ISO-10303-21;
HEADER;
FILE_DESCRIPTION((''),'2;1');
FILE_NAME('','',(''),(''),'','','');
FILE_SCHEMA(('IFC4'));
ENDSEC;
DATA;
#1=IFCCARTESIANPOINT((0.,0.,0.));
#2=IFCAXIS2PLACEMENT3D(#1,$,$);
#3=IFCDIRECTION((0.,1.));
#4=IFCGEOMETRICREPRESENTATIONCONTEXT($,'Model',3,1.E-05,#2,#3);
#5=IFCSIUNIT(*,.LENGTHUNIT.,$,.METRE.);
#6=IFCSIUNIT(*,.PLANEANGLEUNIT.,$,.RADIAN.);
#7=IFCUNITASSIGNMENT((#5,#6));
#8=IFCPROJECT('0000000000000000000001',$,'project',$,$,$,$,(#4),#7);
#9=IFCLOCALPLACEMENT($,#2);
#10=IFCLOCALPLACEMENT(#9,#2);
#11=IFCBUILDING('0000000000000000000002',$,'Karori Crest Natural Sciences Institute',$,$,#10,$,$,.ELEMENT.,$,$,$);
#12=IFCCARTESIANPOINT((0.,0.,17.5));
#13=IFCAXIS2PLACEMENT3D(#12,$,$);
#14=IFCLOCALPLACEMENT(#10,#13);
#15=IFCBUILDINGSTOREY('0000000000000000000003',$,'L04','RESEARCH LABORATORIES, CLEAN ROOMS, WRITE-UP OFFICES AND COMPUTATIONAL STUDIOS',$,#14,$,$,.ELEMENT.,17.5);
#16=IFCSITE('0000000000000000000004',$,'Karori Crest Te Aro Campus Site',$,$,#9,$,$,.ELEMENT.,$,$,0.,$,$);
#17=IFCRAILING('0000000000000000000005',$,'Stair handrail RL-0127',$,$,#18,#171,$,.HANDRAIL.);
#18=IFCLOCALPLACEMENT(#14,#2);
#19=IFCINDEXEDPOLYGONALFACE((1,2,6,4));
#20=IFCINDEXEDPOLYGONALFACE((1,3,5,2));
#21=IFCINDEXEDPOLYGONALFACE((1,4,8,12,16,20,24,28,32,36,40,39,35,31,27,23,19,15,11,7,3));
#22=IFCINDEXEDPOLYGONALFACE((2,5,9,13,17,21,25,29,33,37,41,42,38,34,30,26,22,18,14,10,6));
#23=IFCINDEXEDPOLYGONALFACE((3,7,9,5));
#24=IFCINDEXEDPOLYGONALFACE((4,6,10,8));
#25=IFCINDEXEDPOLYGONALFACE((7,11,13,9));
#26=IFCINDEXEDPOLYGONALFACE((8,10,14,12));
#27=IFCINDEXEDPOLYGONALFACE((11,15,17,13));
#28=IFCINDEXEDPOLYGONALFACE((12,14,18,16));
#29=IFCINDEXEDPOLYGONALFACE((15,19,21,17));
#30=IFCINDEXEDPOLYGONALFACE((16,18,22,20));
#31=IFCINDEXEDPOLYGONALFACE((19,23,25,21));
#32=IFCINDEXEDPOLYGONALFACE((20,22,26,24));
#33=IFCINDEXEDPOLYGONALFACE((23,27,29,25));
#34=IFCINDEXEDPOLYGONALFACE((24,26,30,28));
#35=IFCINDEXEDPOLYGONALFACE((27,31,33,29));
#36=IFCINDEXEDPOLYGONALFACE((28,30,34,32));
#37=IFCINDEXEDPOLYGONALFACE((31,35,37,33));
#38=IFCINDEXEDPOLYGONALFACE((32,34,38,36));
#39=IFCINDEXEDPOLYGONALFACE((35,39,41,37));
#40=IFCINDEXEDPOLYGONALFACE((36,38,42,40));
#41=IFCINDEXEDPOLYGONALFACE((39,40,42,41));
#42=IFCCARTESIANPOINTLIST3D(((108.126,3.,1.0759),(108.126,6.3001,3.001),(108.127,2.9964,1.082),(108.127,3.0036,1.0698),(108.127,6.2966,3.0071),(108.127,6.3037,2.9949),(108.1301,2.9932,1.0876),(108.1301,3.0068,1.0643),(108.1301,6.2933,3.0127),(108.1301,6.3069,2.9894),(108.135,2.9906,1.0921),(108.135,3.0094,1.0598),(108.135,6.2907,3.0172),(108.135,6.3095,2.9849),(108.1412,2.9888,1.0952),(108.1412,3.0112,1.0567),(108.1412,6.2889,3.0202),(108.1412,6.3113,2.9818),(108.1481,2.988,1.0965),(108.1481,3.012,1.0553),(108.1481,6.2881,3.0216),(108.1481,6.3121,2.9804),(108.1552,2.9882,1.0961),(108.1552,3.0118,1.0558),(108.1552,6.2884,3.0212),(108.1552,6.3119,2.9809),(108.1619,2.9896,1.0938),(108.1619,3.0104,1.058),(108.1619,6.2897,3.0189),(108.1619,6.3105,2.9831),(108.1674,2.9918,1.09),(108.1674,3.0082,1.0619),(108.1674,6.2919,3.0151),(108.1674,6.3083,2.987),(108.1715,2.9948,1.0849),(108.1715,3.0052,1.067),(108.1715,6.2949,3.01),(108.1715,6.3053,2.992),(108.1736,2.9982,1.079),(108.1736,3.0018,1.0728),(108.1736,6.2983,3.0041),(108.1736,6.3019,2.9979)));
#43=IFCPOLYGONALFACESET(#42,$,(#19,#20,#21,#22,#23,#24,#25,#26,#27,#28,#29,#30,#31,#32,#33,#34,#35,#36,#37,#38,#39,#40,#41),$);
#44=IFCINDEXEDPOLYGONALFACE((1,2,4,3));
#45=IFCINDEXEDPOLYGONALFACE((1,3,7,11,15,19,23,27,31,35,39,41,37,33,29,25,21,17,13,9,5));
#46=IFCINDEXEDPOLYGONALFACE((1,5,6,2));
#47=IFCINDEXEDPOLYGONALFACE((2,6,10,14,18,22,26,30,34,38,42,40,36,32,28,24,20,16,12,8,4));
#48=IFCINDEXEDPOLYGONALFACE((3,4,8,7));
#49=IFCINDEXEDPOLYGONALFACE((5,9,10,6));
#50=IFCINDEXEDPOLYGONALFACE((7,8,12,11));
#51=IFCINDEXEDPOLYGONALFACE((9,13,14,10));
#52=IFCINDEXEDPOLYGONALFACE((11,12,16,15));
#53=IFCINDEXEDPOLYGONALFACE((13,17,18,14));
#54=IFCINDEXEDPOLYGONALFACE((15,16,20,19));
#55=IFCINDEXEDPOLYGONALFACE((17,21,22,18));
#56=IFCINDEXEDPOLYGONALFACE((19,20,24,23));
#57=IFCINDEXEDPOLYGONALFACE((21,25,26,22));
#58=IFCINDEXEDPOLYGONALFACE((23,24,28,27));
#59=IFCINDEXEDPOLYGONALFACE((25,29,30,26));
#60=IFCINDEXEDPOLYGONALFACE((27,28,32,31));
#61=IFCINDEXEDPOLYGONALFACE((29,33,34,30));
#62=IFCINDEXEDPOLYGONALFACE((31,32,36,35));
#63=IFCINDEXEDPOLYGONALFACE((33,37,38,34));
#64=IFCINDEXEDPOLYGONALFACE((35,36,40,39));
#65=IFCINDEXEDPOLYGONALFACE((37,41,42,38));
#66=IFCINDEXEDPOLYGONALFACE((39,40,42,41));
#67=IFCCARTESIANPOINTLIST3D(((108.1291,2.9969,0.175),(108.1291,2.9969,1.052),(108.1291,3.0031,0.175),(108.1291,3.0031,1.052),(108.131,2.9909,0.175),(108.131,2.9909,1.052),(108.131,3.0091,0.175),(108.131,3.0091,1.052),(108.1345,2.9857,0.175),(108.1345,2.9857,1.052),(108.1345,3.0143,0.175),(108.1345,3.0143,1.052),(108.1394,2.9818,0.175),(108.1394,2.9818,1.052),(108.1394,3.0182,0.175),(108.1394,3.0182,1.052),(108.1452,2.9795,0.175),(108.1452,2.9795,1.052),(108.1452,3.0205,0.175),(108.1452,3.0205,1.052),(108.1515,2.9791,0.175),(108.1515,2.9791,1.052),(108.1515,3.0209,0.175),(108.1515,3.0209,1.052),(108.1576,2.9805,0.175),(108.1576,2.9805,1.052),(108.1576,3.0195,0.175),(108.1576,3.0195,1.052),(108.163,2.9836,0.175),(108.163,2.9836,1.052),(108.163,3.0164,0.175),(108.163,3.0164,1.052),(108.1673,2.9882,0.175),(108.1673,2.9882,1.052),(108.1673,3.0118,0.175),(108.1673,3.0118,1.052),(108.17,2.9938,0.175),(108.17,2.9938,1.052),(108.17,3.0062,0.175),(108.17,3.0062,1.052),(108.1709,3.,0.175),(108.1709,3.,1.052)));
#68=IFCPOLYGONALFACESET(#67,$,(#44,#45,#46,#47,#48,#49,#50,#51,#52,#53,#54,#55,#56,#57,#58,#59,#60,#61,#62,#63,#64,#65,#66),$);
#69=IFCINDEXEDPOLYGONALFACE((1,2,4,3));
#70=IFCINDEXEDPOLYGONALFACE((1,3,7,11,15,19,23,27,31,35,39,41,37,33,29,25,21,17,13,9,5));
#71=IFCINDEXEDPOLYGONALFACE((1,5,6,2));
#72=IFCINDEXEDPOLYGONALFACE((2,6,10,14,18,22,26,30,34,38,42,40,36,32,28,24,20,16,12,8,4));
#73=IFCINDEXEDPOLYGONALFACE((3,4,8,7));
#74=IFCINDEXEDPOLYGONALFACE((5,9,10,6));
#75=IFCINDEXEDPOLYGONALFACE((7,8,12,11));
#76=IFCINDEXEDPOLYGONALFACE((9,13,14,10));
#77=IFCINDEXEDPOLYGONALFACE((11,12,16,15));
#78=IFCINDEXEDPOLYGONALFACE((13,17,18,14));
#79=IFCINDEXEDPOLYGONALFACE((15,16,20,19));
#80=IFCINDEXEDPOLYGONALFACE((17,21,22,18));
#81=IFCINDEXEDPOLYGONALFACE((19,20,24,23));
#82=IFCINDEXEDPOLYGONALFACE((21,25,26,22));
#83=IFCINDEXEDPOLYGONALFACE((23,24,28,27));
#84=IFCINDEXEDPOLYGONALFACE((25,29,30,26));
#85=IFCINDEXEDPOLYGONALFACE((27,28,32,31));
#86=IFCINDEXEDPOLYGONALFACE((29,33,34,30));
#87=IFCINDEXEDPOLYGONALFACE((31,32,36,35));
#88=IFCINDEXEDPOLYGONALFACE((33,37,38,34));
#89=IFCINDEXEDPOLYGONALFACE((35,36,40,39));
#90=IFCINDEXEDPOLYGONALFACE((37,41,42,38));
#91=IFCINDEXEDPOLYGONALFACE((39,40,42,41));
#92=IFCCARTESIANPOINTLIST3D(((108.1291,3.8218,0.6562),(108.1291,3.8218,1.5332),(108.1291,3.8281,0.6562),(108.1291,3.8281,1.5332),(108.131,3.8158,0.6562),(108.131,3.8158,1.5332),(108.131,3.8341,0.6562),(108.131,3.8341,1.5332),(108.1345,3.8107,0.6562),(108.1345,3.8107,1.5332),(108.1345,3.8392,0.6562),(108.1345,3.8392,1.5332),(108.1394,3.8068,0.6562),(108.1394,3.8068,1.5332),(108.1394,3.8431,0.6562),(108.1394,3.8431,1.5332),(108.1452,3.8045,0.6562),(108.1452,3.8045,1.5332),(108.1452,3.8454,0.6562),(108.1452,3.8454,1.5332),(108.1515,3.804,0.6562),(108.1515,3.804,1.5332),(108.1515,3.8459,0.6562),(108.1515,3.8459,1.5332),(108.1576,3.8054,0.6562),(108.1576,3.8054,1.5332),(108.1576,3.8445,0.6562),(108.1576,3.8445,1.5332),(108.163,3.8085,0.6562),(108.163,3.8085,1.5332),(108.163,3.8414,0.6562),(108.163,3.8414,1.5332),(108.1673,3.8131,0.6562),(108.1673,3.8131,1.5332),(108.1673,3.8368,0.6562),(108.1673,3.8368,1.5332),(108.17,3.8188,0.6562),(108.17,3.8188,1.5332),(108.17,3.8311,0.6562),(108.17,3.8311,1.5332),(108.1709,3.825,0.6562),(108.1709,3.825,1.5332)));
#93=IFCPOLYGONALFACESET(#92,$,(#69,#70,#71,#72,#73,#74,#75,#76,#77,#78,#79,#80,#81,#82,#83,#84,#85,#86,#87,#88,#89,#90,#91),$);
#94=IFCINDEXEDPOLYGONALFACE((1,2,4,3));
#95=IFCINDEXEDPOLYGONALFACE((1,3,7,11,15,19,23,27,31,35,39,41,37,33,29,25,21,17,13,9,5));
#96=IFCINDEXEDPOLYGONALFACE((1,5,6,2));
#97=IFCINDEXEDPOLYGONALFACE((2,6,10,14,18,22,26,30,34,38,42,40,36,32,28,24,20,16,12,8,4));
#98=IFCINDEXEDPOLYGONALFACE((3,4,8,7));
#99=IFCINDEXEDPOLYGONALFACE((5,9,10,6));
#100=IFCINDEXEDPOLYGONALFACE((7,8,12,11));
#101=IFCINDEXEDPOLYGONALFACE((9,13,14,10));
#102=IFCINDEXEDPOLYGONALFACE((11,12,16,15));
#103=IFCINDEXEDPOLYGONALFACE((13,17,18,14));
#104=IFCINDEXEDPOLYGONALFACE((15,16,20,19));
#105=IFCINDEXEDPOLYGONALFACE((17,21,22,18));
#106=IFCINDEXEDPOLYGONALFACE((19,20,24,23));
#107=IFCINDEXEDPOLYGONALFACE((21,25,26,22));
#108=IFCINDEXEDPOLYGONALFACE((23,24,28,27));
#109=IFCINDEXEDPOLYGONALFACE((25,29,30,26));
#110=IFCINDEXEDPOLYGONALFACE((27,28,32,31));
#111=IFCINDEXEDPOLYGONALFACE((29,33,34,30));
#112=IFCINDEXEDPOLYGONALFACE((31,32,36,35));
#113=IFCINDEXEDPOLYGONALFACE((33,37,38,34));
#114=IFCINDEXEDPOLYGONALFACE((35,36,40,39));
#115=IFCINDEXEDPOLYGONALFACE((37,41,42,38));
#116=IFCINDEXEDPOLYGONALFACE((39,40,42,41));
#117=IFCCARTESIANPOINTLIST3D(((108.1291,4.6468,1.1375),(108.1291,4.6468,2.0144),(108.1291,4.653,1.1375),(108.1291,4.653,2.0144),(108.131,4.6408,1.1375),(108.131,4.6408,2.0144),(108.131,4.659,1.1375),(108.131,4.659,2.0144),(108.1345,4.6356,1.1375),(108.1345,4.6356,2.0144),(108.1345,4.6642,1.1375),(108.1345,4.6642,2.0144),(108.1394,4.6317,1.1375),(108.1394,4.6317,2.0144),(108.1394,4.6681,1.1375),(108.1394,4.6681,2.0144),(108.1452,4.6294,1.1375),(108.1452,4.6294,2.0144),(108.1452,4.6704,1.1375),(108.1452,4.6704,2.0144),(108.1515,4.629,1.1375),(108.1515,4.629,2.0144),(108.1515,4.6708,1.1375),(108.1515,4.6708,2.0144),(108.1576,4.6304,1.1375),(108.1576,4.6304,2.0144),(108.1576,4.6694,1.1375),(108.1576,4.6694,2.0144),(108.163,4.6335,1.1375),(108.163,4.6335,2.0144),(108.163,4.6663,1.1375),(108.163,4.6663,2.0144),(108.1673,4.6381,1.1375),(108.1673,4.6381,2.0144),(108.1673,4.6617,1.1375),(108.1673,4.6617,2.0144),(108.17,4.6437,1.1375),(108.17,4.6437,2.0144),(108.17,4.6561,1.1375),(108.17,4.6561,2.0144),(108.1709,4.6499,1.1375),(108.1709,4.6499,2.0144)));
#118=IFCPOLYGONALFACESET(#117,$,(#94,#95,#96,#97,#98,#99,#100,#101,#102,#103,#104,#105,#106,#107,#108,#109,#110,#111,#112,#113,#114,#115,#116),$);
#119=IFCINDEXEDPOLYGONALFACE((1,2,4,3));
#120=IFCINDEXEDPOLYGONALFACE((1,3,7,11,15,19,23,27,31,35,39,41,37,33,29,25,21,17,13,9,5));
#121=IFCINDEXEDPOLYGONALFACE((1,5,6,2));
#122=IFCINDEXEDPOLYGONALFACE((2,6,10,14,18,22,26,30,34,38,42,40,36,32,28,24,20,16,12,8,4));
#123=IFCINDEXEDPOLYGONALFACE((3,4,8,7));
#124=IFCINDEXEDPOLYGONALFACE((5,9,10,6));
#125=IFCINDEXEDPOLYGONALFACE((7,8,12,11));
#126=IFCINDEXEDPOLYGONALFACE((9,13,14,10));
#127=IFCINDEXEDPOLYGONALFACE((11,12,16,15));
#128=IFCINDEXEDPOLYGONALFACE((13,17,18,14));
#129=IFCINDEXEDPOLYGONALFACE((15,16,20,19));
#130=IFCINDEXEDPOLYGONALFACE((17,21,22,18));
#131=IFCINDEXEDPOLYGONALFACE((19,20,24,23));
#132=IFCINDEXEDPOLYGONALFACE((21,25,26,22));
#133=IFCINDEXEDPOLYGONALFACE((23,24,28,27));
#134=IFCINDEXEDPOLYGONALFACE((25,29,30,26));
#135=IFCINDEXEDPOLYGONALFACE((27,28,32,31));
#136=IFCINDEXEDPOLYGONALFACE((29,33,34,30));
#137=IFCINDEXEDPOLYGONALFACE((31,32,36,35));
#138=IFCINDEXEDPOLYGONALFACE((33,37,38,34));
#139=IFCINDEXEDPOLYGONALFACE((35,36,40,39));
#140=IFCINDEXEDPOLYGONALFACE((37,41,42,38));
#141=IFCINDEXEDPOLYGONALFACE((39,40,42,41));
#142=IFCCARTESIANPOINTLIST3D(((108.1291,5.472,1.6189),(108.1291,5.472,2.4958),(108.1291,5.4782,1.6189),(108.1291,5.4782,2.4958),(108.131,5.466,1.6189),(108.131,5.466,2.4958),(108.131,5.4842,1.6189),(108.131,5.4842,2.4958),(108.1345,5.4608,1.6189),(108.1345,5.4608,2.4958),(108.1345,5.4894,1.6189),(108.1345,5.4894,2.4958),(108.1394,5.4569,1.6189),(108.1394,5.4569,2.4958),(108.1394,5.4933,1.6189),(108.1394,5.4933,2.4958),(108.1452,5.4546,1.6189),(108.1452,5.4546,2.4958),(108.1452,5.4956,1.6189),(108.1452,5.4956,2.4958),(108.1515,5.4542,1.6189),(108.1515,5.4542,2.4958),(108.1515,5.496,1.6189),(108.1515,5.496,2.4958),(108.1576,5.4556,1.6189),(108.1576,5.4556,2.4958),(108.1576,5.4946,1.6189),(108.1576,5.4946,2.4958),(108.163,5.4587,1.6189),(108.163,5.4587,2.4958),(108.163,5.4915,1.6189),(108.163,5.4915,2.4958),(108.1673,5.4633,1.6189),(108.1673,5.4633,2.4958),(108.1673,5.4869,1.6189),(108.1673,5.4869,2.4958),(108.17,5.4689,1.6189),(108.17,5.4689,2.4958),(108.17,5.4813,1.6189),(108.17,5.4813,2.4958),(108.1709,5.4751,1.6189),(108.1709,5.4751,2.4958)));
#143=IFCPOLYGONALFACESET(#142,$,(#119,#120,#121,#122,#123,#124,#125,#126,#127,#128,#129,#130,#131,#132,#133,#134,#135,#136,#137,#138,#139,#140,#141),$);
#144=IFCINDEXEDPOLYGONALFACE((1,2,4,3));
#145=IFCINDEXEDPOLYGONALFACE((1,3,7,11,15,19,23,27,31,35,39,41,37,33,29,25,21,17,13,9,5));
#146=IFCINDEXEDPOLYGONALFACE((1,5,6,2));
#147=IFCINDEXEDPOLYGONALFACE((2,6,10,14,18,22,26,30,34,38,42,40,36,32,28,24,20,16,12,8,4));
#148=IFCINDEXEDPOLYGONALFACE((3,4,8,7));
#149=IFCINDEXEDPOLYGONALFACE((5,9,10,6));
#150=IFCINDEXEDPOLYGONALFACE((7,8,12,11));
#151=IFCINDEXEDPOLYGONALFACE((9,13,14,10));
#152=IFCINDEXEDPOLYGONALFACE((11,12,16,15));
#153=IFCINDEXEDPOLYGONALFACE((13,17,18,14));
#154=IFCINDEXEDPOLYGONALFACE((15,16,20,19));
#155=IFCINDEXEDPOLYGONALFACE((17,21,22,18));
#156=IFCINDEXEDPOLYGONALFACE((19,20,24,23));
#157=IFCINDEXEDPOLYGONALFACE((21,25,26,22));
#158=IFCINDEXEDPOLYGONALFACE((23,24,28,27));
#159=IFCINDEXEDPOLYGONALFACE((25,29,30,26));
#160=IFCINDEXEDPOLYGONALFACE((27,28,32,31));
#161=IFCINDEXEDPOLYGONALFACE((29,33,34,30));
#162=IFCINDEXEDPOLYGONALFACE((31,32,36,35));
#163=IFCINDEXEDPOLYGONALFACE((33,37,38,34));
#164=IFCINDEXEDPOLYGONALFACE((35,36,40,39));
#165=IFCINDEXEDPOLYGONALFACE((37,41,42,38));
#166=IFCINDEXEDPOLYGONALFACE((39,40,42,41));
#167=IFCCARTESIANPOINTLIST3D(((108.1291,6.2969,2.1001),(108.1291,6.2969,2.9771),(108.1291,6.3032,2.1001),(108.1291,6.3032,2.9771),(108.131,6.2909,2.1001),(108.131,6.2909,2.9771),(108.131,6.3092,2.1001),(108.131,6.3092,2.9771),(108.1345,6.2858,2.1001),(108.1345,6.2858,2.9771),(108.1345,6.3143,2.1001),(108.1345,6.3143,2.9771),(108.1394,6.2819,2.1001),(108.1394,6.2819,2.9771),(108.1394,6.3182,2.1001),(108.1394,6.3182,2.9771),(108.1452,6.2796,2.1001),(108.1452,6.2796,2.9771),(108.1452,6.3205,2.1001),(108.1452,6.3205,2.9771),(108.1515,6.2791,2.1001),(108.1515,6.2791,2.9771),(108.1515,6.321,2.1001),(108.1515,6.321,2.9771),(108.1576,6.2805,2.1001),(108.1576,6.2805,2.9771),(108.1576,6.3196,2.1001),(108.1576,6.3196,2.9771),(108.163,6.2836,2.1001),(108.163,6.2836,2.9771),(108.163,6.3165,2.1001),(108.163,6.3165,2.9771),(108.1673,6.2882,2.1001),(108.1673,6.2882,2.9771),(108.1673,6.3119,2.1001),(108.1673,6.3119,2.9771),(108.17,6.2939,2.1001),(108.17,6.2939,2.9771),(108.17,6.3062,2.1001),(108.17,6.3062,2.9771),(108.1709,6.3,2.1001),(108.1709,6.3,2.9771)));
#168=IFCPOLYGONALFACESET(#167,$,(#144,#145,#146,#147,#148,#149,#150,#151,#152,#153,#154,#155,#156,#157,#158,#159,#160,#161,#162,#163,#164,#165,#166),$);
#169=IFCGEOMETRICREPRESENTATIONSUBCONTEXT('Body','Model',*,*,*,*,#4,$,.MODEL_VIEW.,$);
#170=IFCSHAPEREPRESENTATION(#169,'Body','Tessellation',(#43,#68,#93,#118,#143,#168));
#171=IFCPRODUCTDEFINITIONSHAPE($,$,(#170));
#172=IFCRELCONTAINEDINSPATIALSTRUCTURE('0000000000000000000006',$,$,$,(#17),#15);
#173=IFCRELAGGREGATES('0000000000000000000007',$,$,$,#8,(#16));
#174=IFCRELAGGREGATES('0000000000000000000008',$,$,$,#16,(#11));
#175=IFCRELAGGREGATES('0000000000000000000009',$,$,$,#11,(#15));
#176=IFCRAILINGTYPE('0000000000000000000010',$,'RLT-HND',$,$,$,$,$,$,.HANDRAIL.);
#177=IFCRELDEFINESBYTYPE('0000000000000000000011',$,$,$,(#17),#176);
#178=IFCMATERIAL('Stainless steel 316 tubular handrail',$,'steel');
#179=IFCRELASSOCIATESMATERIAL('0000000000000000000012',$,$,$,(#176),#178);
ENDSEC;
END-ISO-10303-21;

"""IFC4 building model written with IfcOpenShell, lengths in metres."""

from ifc_helpers import new_model, si_unit, direction, frame, origin, origin_2d, place, context, subcontext, project, spatial, circle, extrude, material, type_object, element, save


model = new_model("IFC4")

# Units and contexts
model_context = context("Model", 3, precision=1e-05, world=origin(), true_north=direction((0.0, 1.0)))
body_context = subcontext(model_context, "Body", "Model", "MODEL_VIEW")
ifc_project = project(units=[si_unit("LENGTHUNIT", "METRE"), si_unit("PLANEANGLEUNIT", "RADIAN")], contexts=[model_context])

# Site, building, storey
site_placement = place(None, origin())
site = spatial("IfcSite", under=ifc_project, at=site_placement, Name="Karori Crest Te Aro Campus Site", CompositionType="ELEMENT", RefElevation=0.0)
building_placement = place(site_placement, origin())
building = spatial("IfcBuilding", under=site, at=building_placement, Name="Karori Crest Natural Sciences Institute", CompositionType="ELEMENT")
storey_placement = place(building_placement, frame((0.0, 0.0, 17.5)))
storey = spatial("IfcBuildingStorey", under=building, at=storey_placement, Name="L04", Description="RESEARCH LABORATORIES, CLEAN ROOMS, WRITE-UP OFFICES AND COMPUTATIONAL STUDIOS", CompositionType="ELEMENT", Elevation=17.5)

# Railing
ifc_material_1 = material(Name="Stainless steel 316 tubular handrail", Category="steel")
railing_type_1 = type_object("IfcRailingType", Name="RLT-HND", PredefinedType="HANDRAIL", material=ifc_material_1)
railing_1_placement = place(storey_placement, frame((108.1499, 3.0, 0.175)))
element("IfcRailing", 1, at=railing_1_placement, inside=storey, type_object=railing_type_1, Name="Stair handrail RL-0127", PredefinedType="HANDRAIL", context=body_context, shape_type="SweptSolid", body=[
    extrude(circle(Radius=0.0239, at=origin_2d()), frame((0.0, 0.0, 0.9009), z_axis=(0.0, 0.863777, 0.503875), x_axis=(-1.0, 0.0, 0.0)), (0.0, 0.0, 1.0), 3.8206),
    extrude(circle(Radius=0.021, at=origin_2d()), origin(), (0.0, 0.0, 1.0), 0.877),
    extrude(circle(Radius=0.021, at=origin_2d()), frame((0.0, 0.825, 0.4812)), (0.0, 0.0, 1.0), 0.877),
    extrude(circle(Radius=0.021, at=origin_2d()), frame((0.0, 1.6499, 0.9624)), (0.0, 0.0, 1.0), 0.877),
    extrude(circle(Radius=0.021, at=origin_2d()), frame((0.0, 2.4751, 1.4438)), (0.0, 0.0, 1.0), 0.877),
    extrude(circle(Radius=0.021, at=origin_2d()), frame((0.0, 3.3, 1.925)), (0.0, 0.0, 1.0), 0.877),
])

save(model, "model.ifc")
